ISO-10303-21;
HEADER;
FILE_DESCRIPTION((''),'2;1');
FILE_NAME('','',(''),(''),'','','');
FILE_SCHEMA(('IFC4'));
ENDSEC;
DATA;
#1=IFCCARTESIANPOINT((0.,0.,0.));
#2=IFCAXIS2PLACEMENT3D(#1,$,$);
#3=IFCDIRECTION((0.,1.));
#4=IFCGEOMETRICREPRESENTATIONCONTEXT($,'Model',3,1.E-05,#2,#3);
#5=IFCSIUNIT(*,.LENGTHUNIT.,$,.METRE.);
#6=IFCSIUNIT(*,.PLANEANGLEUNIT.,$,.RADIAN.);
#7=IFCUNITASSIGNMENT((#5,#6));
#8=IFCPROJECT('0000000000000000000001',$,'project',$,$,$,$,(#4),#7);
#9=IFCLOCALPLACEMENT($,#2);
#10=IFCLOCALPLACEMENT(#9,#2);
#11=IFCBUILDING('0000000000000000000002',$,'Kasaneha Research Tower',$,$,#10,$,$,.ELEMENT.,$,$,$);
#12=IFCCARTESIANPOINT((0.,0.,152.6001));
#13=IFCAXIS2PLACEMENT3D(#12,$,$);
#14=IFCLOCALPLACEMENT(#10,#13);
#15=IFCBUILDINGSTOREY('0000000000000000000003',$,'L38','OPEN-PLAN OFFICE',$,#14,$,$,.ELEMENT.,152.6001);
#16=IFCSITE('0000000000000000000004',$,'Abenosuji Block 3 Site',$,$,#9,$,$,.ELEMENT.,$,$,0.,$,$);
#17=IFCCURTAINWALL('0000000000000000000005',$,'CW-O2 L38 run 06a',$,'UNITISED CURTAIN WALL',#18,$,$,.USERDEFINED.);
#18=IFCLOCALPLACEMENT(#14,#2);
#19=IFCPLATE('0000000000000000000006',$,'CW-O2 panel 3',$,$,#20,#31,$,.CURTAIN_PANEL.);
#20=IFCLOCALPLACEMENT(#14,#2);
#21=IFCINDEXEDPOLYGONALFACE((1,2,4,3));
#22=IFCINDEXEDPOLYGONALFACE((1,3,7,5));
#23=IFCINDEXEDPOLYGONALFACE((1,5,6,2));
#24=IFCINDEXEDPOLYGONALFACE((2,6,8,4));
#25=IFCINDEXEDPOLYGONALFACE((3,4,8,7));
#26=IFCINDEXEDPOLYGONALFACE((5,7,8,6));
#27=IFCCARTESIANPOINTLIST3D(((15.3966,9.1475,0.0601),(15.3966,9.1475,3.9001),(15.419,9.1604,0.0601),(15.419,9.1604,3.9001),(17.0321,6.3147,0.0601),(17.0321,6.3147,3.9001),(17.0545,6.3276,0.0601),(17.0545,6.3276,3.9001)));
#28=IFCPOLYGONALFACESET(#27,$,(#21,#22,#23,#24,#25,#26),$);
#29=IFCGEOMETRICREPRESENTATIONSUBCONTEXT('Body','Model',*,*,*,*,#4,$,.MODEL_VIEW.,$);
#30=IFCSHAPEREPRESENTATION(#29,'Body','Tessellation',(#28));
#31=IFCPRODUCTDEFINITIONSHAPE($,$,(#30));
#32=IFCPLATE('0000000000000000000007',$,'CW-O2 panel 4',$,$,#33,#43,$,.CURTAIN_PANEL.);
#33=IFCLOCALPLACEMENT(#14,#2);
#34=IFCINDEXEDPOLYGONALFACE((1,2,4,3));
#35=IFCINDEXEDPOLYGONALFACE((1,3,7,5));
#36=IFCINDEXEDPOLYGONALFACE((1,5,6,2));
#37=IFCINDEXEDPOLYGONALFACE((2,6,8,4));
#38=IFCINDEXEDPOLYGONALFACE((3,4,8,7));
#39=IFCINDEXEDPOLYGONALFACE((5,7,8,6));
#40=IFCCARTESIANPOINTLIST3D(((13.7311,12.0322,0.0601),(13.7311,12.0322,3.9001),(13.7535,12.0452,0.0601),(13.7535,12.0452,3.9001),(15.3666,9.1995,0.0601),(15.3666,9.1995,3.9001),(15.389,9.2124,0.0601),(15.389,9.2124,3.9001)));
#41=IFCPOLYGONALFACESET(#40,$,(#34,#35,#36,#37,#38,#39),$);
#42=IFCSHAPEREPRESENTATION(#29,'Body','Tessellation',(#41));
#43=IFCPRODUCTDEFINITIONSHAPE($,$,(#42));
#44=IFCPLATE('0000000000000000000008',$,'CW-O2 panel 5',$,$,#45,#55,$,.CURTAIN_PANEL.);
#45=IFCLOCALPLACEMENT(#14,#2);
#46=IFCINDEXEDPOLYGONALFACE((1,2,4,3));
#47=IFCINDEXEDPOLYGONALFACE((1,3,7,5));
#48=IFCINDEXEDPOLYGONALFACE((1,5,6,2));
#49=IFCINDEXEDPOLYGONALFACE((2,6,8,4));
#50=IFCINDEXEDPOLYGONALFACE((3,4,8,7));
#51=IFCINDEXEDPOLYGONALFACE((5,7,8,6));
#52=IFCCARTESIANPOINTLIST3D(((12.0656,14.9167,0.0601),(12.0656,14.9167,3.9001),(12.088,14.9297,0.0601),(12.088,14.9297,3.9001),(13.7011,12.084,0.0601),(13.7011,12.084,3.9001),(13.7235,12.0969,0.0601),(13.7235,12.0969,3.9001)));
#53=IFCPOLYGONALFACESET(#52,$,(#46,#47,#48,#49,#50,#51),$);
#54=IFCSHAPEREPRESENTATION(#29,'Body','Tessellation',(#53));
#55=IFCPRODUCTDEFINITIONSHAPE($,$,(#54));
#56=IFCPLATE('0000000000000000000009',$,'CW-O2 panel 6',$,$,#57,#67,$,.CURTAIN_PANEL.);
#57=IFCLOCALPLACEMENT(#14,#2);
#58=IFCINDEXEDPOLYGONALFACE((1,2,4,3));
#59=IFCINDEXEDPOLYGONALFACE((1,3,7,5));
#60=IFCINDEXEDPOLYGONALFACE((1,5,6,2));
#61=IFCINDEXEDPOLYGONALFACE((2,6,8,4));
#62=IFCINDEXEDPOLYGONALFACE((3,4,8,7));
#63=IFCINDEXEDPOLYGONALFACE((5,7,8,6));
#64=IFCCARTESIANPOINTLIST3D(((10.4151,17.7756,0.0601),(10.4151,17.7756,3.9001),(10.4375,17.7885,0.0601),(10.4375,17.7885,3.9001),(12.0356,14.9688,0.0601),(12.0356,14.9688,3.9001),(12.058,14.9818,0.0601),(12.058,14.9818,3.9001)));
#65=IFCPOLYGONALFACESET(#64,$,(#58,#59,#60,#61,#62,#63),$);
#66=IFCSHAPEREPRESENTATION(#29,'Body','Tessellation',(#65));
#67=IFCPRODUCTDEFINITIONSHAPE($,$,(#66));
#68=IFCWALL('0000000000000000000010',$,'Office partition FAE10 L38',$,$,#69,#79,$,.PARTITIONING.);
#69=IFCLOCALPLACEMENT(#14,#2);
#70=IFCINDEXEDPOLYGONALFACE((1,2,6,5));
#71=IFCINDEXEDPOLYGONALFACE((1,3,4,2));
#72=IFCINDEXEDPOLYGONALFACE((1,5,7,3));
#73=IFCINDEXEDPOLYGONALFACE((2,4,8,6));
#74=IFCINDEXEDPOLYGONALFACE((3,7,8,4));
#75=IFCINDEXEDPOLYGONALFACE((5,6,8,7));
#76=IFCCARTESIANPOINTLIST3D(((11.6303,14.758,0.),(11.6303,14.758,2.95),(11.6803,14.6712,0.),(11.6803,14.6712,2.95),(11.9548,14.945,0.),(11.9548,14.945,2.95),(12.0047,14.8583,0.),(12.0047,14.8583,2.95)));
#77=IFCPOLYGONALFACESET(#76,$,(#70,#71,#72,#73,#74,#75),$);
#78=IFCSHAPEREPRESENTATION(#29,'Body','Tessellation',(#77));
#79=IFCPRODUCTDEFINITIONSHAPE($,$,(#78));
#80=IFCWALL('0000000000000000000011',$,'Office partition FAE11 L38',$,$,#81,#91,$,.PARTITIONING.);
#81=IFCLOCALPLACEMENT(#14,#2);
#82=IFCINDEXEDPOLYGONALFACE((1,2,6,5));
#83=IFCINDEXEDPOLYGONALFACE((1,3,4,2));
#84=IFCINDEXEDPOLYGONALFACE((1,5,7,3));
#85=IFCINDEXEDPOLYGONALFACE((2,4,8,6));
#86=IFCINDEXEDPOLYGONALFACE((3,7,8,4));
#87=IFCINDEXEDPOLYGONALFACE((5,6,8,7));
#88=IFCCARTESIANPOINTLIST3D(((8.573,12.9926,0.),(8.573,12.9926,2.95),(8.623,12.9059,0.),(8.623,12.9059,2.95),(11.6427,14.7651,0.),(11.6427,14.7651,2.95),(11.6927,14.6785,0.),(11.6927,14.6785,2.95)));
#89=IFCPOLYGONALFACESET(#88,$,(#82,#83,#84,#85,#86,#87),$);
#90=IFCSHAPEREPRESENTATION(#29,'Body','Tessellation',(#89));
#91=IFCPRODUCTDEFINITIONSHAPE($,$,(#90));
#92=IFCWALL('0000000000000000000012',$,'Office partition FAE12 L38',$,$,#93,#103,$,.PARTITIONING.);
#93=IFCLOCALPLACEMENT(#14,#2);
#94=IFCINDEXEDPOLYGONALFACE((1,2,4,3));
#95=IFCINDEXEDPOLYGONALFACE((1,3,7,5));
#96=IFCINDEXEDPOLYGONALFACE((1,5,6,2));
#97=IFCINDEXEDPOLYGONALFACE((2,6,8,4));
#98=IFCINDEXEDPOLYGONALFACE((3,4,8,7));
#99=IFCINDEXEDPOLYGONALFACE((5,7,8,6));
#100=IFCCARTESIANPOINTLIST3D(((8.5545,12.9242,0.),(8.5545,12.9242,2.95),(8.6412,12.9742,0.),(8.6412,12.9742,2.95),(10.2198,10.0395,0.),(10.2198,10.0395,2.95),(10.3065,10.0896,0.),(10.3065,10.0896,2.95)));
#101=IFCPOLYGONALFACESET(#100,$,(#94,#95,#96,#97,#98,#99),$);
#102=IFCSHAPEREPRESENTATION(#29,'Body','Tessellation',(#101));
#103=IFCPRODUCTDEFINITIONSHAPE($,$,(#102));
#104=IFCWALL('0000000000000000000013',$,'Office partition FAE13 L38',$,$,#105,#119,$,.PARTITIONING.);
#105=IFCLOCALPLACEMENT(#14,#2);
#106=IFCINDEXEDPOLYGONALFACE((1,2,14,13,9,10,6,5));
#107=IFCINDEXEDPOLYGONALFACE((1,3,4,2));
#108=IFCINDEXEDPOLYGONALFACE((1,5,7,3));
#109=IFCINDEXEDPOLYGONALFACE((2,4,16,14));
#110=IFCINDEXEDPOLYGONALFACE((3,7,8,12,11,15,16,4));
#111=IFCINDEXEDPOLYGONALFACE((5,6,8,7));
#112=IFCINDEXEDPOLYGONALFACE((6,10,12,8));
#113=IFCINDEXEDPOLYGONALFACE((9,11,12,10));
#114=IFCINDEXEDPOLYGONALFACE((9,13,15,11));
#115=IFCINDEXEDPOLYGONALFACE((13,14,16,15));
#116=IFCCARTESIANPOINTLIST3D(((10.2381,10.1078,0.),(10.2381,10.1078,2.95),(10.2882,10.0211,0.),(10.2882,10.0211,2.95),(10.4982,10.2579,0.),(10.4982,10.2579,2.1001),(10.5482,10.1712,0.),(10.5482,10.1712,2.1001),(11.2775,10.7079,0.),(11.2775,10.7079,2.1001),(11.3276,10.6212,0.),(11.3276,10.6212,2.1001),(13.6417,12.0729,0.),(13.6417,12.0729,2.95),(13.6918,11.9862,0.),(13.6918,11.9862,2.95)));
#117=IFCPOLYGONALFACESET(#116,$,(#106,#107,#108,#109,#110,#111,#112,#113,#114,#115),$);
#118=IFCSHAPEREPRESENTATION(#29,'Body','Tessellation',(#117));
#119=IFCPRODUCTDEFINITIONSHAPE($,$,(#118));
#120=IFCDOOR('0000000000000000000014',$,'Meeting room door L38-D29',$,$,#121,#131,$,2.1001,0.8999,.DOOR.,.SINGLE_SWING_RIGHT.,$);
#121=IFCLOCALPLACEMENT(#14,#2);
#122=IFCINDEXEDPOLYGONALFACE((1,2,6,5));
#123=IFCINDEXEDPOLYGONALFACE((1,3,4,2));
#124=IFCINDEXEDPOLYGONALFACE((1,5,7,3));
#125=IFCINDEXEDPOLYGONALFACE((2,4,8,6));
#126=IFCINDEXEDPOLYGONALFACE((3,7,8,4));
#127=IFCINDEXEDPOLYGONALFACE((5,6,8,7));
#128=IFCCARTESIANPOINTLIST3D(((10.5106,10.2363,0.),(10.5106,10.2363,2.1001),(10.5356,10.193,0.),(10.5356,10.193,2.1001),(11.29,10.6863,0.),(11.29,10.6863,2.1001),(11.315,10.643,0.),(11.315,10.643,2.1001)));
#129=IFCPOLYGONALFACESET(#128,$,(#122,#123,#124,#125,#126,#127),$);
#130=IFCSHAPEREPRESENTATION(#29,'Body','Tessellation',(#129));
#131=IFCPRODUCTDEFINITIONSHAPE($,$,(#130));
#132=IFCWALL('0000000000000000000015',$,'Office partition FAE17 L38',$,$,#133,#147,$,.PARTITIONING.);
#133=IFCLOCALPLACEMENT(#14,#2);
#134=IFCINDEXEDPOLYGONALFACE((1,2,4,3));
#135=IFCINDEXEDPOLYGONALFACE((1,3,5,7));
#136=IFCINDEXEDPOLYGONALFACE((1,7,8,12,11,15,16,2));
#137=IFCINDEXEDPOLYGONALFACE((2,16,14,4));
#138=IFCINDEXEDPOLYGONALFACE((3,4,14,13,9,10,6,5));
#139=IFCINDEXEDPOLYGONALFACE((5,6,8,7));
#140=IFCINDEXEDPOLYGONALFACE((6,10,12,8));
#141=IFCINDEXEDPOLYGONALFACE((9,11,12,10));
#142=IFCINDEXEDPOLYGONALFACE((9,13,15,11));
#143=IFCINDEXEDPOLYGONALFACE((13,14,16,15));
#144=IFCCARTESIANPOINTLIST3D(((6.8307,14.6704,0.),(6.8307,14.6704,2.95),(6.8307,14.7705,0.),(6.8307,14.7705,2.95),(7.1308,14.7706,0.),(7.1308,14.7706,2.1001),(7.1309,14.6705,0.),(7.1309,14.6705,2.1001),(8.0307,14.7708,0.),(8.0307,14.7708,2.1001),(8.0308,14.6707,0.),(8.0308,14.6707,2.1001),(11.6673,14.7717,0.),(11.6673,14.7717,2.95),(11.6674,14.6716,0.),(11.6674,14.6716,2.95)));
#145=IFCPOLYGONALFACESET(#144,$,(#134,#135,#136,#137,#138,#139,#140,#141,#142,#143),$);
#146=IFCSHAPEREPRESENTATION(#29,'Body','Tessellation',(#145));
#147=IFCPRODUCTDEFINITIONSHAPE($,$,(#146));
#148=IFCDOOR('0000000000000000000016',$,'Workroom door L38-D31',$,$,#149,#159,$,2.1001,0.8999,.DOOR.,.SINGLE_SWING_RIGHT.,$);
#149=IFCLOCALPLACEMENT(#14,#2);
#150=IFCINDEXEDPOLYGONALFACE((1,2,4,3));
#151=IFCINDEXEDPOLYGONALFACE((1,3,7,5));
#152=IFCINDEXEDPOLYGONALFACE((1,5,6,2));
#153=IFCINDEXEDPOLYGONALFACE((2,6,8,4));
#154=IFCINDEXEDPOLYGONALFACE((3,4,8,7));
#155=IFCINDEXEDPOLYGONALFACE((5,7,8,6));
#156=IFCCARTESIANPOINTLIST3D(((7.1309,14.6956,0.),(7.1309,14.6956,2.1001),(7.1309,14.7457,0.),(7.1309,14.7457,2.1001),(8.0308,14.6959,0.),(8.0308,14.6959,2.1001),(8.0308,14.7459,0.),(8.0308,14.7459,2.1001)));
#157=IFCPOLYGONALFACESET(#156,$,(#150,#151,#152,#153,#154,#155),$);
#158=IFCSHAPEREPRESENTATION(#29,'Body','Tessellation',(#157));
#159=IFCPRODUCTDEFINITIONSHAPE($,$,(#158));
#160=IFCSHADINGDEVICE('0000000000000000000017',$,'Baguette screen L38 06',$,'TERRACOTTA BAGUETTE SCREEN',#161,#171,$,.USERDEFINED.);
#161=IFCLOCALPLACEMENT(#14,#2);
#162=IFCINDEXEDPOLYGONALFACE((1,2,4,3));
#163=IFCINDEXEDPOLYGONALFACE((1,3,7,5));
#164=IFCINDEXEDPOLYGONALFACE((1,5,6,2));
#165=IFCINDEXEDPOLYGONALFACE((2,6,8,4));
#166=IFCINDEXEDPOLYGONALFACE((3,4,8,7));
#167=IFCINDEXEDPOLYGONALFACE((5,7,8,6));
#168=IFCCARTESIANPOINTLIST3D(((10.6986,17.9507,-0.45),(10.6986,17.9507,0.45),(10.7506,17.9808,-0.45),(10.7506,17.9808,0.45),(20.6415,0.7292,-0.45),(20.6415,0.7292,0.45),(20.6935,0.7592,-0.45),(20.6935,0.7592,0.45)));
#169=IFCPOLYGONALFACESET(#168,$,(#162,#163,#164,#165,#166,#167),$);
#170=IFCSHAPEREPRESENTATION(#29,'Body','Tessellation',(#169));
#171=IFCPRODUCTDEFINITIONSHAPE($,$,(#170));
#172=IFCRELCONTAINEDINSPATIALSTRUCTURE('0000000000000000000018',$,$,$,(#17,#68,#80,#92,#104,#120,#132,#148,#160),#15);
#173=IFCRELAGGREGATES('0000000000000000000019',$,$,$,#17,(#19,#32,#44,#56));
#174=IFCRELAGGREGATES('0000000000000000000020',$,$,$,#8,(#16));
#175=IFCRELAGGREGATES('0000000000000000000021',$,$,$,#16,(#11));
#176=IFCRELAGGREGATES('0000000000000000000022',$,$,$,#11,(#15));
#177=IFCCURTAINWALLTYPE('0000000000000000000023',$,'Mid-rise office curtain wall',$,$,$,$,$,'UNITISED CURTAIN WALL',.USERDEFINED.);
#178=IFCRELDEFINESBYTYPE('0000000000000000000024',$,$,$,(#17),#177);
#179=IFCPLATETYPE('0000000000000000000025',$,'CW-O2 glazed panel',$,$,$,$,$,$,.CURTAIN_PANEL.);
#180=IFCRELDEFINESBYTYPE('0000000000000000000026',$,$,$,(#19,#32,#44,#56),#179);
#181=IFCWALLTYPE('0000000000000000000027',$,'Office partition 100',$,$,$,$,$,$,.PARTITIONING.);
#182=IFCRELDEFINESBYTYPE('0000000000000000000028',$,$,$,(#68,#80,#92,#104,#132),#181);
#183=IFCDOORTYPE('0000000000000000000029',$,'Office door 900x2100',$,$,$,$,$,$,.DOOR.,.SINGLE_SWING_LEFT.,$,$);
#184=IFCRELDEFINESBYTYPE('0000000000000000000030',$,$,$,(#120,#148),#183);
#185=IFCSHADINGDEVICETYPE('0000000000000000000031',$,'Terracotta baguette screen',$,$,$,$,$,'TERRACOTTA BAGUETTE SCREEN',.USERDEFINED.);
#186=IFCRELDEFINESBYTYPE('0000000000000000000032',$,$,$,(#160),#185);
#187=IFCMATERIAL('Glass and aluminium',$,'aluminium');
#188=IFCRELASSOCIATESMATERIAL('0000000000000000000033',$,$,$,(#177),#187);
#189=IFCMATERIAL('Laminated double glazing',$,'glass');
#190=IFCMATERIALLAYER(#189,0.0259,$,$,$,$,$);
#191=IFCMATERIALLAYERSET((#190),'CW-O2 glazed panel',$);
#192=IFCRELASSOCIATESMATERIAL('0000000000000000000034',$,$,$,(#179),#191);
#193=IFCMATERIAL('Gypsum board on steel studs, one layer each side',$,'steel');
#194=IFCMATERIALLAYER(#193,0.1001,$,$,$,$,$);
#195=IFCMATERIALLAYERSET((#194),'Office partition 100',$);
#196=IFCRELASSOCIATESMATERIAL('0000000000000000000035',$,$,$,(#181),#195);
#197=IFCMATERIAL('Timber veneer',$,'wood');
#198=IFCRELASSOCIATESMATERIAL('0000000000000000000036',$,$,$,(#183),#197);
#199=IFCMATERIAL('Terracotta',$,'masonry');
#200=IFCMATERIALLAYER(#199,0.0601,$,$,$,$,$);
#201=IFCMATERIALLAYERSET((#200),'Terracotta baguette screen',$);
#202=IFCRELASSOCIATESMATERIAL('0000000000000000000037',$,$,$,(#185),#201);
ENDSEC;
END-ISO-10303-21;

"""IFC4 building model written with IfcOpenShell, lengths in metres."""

from ifc_helpers import new_model, si_unit, direction, frame, frame_2d, origin, origin_2d, place, context, subcontext, project, spatial, rectangle, extrude, material, layer, layer_set, type_object, element, fill, aggregate, save


model = new_model("IFC4")

# Units and contexts
model_context = context("Model", 3, precision=1e-05, world=origin(), true_north=direction((0.0, 1.0)))
body_context = subcontext(model_context, "Body", "Model", "MODEL_VIEW")
ifc_project = project(units=[si_unit("LENGTHUNIT", "METRE"), si_unit("PLANEANGLEUNIT", "RADIAN")], contexts=[model_context])

# Site, building, storey
site_placement = place(None, origin())
site = spatial("IfcSite", under=ifc_project, at=site_placement, Name="Abenosuji Block 3 Site", CompositionType="ELEMENT", RefElevation=0.0)
building_placement = place(site_placement, origin())
building = spatial("IfcBuilding", under=site, at=building_placement, Name="Kasaneha Research Tower", CompositionType="ELEMENT")
storey_placement = place(building_placement, frame((0.0, 0.0, 152.6001)))
storey = spatial("IfcBuildingStorey", under=building, at=storey_placement, Name="L38", Description="OPEN-PLAN OFFICE", CompositionType="ELEMENT", Elevation=152.6001)

# Curtain wall
ifc_material_1 = material(Name="Glass and aluminium", Category="aluminium")
curtain_wall_type = type_object("IfcCurtainWallType", Name="Mid-rise office curtain wall", ElementType="UNITISED CURTAIN WALL", PredefinedType="USERDEFINED", material=ifc_material_1)
curtain_wall_1_placement = place(storey_placement, origin())
curtain_wall_1 = element("IfcCurtainWall", 1, at=curtain_wall_1_placement, inside=storey, type_object=curtain_wall_type, Name="CW-O2 L38 run 06a", ObjectType="UNITISED CURTAIN WALL", PredefinedType="USERDEFINED")

# Plates
ifc_material_2 = material(Name="Laminated double glazing", Category="glass")
ifc_layer_1 = layer(ifc_material_2, 0.0259)
ifc_layer_set_1 = layer_set([ifc_layer_1], Name="CW-O2 glazed panel")
plate_type = type_object("IfcPlateType", Name="CW-O2 glazed panel", PredefinedType="CURTAIN_PANEL", material=ifc_layer_set_1)
plate_1_placement = place(storey_placement, frame((16.2256, 7.7375, 0.0601), z_axis=(0.0, 0.0, 1.0), x_axis=(-0.5, 0.866025, 0.0)))
plate_1 = element("IfcPlate", 2, at=plate_1_placement, type_object=plate_type, Name="CW-O2 panel 3", PredefinedType="CURTAIN_PANEL", context=body_context, shape_type="SweptSolid", body=[
    extrude(rectangle(XDim=3.271, YDim=0.0259, at=origin_2d()), origin(), (0.0, 0.0, 1.0), 3.8401),
])
plate_2_placement = place(storey_placement, frame((14.5601, 10.6223, 0.0601), z_axis=(0.0, 0.0, 1.0), x_axis=(-0.5, 0.866025, 0.0)))
plate_2 = element("IfcPlate", 3, at=plate_2_placement, type_object=plate_type, Name="CW-O2 panel 4", PredefinedType="CURTAIN_PANEL", context=body_context, shape_type="SweptSolid", body=[
    extrude(rectangle(XDim=3.271, YDim=0.0259, at=origin_2d()), origin(), (0.0, 0.0, 1.0), 3.8401),
])
plate_3_placement = place(storey_placement, frame((12.8945, 13.5068, 0.0601), z_axis=(0.0, 0.0, 1.0), x_axis=(-0.5, 0.866025, 0.0)))
plate_3 = element("IfcPlate", 4, at=plate_3_placement, type_object=plate_type, Name="CW-O2 panel 5", PredefinedType="CURTAIN_PANEL", context=body_context, shape_type="SweptSolid", body=[
    extrude(rectangle(XDim=3.271, YDim=0.0259, at=origin_2d()), origin(), (0.0, 0.0, 1.0), 3.8401),
])
plate_4_placement = place(storey_placement, frame((11.2366, 16.3787, 0.0601), z_axis=(0.0, 0.0, 1.0), x_axis=(-0.5, 0.866025, 0.0)))
plate_4 = element("IfcPlate", 5, at=plate_4_placement, type_object=plate_type, Name="CW-O2 panel 6", PredefinedType="CURTAIN_PANEL", context=body_context, shape_type="SweptSolid", body=[
    extrude(rectangle(XDim=3.241, YDim=0.0259, at=origin_2d()), origin(), (0.0, 0.0, 1.0), 3.8401),
])
aggregate(curtain_wall_1, [plate_1, plate_2, plate_3, plate_4])

# Walls
ifc_material_3 = material(Name="Gypsum board on steel studs, one layer each side", Category="steel")
ifc_layer_2 = layer(ifc_material_3, 0.1001)
ifc_layer_set_2 = layer_set([ifc_layer_2], Name="Office partition 100")
wall_type = type_object("IfcWallType", Name="Office partition 100", PredefinedType="PARTITIONING", material=ifc_layer_set_2)
wall_1_placement = place(storey_placement, frame((11.6553, 14.7146, 0.0), z_axis=(0.0, 0.0, 1.0), x_axis=(0.866392, 0.499365, 0.0)))
element("IfcWall", 6, at=wall_1_placement, inside=storey, type_object=wall_type, Name="Office partition FAE10 L38", PredefinedType="PARTITIONING", context=body_context, shape_type="SweptSolid", body=[
    extrude(rectangle(XDim=0.3745, YDim=0.1001, at=frame_2d((0.1873, 0.0))), origin(), (0.0, 0.0, 1.0), 2.95),
])
wall_2_placement = place(storey_placement, frame((8.5979, 12.9492, 0.0), z_axis=(0.0, 0.0, 1.0), x_axis=(0.865996, 0.50005, 0.0)))
element("IfcWall", 7, at=wall_2_placement, inside=storey, type_object=wall_type, Name="Office partition FAE11 L38", PredefinedType="PARTITIONING", context=body_context, shape_type="SweptSolid", body=[
    extrude(rectangle(XDim=3.5447, YDim=0.1001, at=frame_2d((1.7725, 0.0))), origin(), (0.0, 0.0, 1.0), 2.95),
])
wall_3_placement = place(storey_placement, frame((10.2632, 10.0645, 0.0), z_axis=(0.0, 0.0, 1.0), x_axis=(-0.499947, 0.866056, 0.0)))
element("IfcWall", 8, at=wall_3_placement, inside=storey, type_object=wall_type, Name="Office partition FAE12 L38", PredefinedType="PARTITIONING", context=body_context, shape_type="SweptSolid", body=[
    extrude(rectangle(XDim=3.3308, YDim=0.1001, at=frame_2d((1.6655, 0.0))), origin(), (0.0, 0.0, 1.0), 2.95),
])

# Walls, openings, doors
wall_4_placement = place(storey_placement, frame((13.6667, 12.0295, 0.0), z_axis=(0.0, 0.0, 1.0), x_axis=(-0.866021, -0.500007, 0.0)))
wall_4 = element("IfcWall", 9, at=wall_4_placement, inside=storey, type_object=wall_type, Name="Office partition FAE13 L38", PredefinedType="PARTITIONING", context=body_context, shape_type="SweptSolid", body=[
    extrude(rectangle(XDim=3.9302, YDim=0.1001, at=frame_2d((1.9651, 0.0))), origin(), (0.0, 0.0, 1.0), 2.95),
])
opening_1_placement = place(wall_4_placement, frame((2.73, 0.0, 0.0)))
opening_1 = element("IfcOpeningElement", 10, at=opening_1_placement, cuts=wall_4, PredefinedType="OPENING", context=body_context, shape_type="SweptSolid", body=[
    extrude(rectangle(XDim=0.8999, YDim=2.1001, at=frame_2d((0.45, 1.05))), frame((0.0, 0.0601, 0.0), z_axis=(0.0, -1.0, 0.0), x_axis=(1.0, 0.0, 0.0)), (0.0, 0.0, 1.0), 0.1201),
])
ifc_material_4 = material(Name="Timber veneer", Category="wood")
door_type = type_object("IfcDoorType", Name="Office door 900x2100", OperationType="SINGLE_SWING_LEFT", PredefinedType="DOOR", material=ifc_material_4)
door_1_placement = place(opening_1_placement, origin())
door_1 = element("IfcDoor", 11, at=door_1_placement, inside=storey, type_object=door_type, Name="Meeting room door L38-D29", OperationType="SINGLE_SWING_RIGHT", OverallHeight=2.1001, OverallWidth=0.8999, PredefinedType="DOOR", context=body_context, shape_type="SweptSolid", body=[
    extrude(rectangle(XDim=0.8999, YDim=2.1001, at=frame_2d((0.45, 1.05))), frame((0.0, 0.0249, 0.0), z_axis=(0.0, -1.0, 0.0), x_axis=(1.0, 0.0, 0.0)), (0.0, 0.0, 1.0), 0.05),
])
fill(opening_1, door_1)
wall_5_placement = place(storey_placement, frame((11.6675, 14.7217, 0.0), z_axis=(0.0, 0.0, 1.0), x_axis=(-1.0, -0.000252, 0.0)))
wall_5 = element("IfcWall", 12, at=wall_5_placement, inside=storey, type_object=wall_type, Name="Office partition FAE17 L38", PredefinedType="PARTITIONING", context=body_context, shape_type="SweptSolid", body=[
    extrude(rectangle(XDim=4.8367, YDim=0.1001, at=frame_2d((2.4185, 0.0))), origin(), (0.0, 0.0, 1.0), 2.95),
])
opening_2_placement = place(wall_5_placement, frame((3.6367, 0.0, 0.0)))
opening_2 = element("IfcOpeningElement", 13, at=opening_2_placement, cuts=wall_5, PredefinedType="OPENING", context=body_context, shape_type="SweptSolid", body=[
    extrude(rectangle(XDim=0.8999, YDim=2.1001, at=frame_2d((0.45, 1.05))), frame((0.0, 0.0601, 0.0), z_axis=(0.0, -1.0, 0.0), x_axis=(1.0, 0.0, 0.0)), (0.0, 0.0, 1.0), 0.1201),
])
door_2_placement = place(opening_2_placement, origin())
door_2 = element("IfcDoor", 14, at=door_2_placement, inside=storey, type_object=door_type, Name="Workroom door L38-D31", OperationType="SINGLE_SWING_RIGHT", OverallHeight=2.1001, OverallWidth=0.8999, PredefinedType="DOOR", context=body_context, shape_type="SweptSolid", body=[
    extrude(rectangle(XDim=0.8999, YDim=2.1001, at=frame_2d((0.45, 1.05))), frame((0.0, 0.0249, 0.0), z_axis=(0.0, -1.0, 0.0), x_axis=(1.0, 0.0, 0.0)), (0.0, 0.0, 1.0), 0.05),
])
fill(opening_2, door_2)

# Shading device
ifc_material_5 = material(Name="Terracotta", Category="masonry")
ifc_layer_3 = layer(ifc_material_5, 0.0601)
ifc_layer_set_3 = layer_set([ifc_layer_3], Name="Terracotta baguette screen")
shading_device_type = type_object("IfcShadingDeviceType", Name="Terracotta baguette screen", ElementType="TERRACOTTA BAGUETTE SCREEN", PredefinedType="USERDEFINED", material=ifc_layer_set_3)
shading_device_placement = place(storey_placement, frame((15.696, 9.355, -0.45), z_axis=(0.0, 0.0, 1.0), x_axis=(-0.5, 0.866025, 0.0)))
element("IfcShadingDevice", 15, at=shading_device_placement, inside=storey, type_object=shading_device_type, Name="Baguette screen L38 06", ObjectType="TERRACOTTA BAGUETTE SCREEN", PredefinedType="USERDEFINED", context=body_context, shape_type="SweptSolid", body=[
    extrude(rectangle(XDim=19.8857, YDim=0.0601, at=origin_2d()), origin(), (0.0, 0.0, 1.0), 0.8999),
])

save(model, "model.ifc")
